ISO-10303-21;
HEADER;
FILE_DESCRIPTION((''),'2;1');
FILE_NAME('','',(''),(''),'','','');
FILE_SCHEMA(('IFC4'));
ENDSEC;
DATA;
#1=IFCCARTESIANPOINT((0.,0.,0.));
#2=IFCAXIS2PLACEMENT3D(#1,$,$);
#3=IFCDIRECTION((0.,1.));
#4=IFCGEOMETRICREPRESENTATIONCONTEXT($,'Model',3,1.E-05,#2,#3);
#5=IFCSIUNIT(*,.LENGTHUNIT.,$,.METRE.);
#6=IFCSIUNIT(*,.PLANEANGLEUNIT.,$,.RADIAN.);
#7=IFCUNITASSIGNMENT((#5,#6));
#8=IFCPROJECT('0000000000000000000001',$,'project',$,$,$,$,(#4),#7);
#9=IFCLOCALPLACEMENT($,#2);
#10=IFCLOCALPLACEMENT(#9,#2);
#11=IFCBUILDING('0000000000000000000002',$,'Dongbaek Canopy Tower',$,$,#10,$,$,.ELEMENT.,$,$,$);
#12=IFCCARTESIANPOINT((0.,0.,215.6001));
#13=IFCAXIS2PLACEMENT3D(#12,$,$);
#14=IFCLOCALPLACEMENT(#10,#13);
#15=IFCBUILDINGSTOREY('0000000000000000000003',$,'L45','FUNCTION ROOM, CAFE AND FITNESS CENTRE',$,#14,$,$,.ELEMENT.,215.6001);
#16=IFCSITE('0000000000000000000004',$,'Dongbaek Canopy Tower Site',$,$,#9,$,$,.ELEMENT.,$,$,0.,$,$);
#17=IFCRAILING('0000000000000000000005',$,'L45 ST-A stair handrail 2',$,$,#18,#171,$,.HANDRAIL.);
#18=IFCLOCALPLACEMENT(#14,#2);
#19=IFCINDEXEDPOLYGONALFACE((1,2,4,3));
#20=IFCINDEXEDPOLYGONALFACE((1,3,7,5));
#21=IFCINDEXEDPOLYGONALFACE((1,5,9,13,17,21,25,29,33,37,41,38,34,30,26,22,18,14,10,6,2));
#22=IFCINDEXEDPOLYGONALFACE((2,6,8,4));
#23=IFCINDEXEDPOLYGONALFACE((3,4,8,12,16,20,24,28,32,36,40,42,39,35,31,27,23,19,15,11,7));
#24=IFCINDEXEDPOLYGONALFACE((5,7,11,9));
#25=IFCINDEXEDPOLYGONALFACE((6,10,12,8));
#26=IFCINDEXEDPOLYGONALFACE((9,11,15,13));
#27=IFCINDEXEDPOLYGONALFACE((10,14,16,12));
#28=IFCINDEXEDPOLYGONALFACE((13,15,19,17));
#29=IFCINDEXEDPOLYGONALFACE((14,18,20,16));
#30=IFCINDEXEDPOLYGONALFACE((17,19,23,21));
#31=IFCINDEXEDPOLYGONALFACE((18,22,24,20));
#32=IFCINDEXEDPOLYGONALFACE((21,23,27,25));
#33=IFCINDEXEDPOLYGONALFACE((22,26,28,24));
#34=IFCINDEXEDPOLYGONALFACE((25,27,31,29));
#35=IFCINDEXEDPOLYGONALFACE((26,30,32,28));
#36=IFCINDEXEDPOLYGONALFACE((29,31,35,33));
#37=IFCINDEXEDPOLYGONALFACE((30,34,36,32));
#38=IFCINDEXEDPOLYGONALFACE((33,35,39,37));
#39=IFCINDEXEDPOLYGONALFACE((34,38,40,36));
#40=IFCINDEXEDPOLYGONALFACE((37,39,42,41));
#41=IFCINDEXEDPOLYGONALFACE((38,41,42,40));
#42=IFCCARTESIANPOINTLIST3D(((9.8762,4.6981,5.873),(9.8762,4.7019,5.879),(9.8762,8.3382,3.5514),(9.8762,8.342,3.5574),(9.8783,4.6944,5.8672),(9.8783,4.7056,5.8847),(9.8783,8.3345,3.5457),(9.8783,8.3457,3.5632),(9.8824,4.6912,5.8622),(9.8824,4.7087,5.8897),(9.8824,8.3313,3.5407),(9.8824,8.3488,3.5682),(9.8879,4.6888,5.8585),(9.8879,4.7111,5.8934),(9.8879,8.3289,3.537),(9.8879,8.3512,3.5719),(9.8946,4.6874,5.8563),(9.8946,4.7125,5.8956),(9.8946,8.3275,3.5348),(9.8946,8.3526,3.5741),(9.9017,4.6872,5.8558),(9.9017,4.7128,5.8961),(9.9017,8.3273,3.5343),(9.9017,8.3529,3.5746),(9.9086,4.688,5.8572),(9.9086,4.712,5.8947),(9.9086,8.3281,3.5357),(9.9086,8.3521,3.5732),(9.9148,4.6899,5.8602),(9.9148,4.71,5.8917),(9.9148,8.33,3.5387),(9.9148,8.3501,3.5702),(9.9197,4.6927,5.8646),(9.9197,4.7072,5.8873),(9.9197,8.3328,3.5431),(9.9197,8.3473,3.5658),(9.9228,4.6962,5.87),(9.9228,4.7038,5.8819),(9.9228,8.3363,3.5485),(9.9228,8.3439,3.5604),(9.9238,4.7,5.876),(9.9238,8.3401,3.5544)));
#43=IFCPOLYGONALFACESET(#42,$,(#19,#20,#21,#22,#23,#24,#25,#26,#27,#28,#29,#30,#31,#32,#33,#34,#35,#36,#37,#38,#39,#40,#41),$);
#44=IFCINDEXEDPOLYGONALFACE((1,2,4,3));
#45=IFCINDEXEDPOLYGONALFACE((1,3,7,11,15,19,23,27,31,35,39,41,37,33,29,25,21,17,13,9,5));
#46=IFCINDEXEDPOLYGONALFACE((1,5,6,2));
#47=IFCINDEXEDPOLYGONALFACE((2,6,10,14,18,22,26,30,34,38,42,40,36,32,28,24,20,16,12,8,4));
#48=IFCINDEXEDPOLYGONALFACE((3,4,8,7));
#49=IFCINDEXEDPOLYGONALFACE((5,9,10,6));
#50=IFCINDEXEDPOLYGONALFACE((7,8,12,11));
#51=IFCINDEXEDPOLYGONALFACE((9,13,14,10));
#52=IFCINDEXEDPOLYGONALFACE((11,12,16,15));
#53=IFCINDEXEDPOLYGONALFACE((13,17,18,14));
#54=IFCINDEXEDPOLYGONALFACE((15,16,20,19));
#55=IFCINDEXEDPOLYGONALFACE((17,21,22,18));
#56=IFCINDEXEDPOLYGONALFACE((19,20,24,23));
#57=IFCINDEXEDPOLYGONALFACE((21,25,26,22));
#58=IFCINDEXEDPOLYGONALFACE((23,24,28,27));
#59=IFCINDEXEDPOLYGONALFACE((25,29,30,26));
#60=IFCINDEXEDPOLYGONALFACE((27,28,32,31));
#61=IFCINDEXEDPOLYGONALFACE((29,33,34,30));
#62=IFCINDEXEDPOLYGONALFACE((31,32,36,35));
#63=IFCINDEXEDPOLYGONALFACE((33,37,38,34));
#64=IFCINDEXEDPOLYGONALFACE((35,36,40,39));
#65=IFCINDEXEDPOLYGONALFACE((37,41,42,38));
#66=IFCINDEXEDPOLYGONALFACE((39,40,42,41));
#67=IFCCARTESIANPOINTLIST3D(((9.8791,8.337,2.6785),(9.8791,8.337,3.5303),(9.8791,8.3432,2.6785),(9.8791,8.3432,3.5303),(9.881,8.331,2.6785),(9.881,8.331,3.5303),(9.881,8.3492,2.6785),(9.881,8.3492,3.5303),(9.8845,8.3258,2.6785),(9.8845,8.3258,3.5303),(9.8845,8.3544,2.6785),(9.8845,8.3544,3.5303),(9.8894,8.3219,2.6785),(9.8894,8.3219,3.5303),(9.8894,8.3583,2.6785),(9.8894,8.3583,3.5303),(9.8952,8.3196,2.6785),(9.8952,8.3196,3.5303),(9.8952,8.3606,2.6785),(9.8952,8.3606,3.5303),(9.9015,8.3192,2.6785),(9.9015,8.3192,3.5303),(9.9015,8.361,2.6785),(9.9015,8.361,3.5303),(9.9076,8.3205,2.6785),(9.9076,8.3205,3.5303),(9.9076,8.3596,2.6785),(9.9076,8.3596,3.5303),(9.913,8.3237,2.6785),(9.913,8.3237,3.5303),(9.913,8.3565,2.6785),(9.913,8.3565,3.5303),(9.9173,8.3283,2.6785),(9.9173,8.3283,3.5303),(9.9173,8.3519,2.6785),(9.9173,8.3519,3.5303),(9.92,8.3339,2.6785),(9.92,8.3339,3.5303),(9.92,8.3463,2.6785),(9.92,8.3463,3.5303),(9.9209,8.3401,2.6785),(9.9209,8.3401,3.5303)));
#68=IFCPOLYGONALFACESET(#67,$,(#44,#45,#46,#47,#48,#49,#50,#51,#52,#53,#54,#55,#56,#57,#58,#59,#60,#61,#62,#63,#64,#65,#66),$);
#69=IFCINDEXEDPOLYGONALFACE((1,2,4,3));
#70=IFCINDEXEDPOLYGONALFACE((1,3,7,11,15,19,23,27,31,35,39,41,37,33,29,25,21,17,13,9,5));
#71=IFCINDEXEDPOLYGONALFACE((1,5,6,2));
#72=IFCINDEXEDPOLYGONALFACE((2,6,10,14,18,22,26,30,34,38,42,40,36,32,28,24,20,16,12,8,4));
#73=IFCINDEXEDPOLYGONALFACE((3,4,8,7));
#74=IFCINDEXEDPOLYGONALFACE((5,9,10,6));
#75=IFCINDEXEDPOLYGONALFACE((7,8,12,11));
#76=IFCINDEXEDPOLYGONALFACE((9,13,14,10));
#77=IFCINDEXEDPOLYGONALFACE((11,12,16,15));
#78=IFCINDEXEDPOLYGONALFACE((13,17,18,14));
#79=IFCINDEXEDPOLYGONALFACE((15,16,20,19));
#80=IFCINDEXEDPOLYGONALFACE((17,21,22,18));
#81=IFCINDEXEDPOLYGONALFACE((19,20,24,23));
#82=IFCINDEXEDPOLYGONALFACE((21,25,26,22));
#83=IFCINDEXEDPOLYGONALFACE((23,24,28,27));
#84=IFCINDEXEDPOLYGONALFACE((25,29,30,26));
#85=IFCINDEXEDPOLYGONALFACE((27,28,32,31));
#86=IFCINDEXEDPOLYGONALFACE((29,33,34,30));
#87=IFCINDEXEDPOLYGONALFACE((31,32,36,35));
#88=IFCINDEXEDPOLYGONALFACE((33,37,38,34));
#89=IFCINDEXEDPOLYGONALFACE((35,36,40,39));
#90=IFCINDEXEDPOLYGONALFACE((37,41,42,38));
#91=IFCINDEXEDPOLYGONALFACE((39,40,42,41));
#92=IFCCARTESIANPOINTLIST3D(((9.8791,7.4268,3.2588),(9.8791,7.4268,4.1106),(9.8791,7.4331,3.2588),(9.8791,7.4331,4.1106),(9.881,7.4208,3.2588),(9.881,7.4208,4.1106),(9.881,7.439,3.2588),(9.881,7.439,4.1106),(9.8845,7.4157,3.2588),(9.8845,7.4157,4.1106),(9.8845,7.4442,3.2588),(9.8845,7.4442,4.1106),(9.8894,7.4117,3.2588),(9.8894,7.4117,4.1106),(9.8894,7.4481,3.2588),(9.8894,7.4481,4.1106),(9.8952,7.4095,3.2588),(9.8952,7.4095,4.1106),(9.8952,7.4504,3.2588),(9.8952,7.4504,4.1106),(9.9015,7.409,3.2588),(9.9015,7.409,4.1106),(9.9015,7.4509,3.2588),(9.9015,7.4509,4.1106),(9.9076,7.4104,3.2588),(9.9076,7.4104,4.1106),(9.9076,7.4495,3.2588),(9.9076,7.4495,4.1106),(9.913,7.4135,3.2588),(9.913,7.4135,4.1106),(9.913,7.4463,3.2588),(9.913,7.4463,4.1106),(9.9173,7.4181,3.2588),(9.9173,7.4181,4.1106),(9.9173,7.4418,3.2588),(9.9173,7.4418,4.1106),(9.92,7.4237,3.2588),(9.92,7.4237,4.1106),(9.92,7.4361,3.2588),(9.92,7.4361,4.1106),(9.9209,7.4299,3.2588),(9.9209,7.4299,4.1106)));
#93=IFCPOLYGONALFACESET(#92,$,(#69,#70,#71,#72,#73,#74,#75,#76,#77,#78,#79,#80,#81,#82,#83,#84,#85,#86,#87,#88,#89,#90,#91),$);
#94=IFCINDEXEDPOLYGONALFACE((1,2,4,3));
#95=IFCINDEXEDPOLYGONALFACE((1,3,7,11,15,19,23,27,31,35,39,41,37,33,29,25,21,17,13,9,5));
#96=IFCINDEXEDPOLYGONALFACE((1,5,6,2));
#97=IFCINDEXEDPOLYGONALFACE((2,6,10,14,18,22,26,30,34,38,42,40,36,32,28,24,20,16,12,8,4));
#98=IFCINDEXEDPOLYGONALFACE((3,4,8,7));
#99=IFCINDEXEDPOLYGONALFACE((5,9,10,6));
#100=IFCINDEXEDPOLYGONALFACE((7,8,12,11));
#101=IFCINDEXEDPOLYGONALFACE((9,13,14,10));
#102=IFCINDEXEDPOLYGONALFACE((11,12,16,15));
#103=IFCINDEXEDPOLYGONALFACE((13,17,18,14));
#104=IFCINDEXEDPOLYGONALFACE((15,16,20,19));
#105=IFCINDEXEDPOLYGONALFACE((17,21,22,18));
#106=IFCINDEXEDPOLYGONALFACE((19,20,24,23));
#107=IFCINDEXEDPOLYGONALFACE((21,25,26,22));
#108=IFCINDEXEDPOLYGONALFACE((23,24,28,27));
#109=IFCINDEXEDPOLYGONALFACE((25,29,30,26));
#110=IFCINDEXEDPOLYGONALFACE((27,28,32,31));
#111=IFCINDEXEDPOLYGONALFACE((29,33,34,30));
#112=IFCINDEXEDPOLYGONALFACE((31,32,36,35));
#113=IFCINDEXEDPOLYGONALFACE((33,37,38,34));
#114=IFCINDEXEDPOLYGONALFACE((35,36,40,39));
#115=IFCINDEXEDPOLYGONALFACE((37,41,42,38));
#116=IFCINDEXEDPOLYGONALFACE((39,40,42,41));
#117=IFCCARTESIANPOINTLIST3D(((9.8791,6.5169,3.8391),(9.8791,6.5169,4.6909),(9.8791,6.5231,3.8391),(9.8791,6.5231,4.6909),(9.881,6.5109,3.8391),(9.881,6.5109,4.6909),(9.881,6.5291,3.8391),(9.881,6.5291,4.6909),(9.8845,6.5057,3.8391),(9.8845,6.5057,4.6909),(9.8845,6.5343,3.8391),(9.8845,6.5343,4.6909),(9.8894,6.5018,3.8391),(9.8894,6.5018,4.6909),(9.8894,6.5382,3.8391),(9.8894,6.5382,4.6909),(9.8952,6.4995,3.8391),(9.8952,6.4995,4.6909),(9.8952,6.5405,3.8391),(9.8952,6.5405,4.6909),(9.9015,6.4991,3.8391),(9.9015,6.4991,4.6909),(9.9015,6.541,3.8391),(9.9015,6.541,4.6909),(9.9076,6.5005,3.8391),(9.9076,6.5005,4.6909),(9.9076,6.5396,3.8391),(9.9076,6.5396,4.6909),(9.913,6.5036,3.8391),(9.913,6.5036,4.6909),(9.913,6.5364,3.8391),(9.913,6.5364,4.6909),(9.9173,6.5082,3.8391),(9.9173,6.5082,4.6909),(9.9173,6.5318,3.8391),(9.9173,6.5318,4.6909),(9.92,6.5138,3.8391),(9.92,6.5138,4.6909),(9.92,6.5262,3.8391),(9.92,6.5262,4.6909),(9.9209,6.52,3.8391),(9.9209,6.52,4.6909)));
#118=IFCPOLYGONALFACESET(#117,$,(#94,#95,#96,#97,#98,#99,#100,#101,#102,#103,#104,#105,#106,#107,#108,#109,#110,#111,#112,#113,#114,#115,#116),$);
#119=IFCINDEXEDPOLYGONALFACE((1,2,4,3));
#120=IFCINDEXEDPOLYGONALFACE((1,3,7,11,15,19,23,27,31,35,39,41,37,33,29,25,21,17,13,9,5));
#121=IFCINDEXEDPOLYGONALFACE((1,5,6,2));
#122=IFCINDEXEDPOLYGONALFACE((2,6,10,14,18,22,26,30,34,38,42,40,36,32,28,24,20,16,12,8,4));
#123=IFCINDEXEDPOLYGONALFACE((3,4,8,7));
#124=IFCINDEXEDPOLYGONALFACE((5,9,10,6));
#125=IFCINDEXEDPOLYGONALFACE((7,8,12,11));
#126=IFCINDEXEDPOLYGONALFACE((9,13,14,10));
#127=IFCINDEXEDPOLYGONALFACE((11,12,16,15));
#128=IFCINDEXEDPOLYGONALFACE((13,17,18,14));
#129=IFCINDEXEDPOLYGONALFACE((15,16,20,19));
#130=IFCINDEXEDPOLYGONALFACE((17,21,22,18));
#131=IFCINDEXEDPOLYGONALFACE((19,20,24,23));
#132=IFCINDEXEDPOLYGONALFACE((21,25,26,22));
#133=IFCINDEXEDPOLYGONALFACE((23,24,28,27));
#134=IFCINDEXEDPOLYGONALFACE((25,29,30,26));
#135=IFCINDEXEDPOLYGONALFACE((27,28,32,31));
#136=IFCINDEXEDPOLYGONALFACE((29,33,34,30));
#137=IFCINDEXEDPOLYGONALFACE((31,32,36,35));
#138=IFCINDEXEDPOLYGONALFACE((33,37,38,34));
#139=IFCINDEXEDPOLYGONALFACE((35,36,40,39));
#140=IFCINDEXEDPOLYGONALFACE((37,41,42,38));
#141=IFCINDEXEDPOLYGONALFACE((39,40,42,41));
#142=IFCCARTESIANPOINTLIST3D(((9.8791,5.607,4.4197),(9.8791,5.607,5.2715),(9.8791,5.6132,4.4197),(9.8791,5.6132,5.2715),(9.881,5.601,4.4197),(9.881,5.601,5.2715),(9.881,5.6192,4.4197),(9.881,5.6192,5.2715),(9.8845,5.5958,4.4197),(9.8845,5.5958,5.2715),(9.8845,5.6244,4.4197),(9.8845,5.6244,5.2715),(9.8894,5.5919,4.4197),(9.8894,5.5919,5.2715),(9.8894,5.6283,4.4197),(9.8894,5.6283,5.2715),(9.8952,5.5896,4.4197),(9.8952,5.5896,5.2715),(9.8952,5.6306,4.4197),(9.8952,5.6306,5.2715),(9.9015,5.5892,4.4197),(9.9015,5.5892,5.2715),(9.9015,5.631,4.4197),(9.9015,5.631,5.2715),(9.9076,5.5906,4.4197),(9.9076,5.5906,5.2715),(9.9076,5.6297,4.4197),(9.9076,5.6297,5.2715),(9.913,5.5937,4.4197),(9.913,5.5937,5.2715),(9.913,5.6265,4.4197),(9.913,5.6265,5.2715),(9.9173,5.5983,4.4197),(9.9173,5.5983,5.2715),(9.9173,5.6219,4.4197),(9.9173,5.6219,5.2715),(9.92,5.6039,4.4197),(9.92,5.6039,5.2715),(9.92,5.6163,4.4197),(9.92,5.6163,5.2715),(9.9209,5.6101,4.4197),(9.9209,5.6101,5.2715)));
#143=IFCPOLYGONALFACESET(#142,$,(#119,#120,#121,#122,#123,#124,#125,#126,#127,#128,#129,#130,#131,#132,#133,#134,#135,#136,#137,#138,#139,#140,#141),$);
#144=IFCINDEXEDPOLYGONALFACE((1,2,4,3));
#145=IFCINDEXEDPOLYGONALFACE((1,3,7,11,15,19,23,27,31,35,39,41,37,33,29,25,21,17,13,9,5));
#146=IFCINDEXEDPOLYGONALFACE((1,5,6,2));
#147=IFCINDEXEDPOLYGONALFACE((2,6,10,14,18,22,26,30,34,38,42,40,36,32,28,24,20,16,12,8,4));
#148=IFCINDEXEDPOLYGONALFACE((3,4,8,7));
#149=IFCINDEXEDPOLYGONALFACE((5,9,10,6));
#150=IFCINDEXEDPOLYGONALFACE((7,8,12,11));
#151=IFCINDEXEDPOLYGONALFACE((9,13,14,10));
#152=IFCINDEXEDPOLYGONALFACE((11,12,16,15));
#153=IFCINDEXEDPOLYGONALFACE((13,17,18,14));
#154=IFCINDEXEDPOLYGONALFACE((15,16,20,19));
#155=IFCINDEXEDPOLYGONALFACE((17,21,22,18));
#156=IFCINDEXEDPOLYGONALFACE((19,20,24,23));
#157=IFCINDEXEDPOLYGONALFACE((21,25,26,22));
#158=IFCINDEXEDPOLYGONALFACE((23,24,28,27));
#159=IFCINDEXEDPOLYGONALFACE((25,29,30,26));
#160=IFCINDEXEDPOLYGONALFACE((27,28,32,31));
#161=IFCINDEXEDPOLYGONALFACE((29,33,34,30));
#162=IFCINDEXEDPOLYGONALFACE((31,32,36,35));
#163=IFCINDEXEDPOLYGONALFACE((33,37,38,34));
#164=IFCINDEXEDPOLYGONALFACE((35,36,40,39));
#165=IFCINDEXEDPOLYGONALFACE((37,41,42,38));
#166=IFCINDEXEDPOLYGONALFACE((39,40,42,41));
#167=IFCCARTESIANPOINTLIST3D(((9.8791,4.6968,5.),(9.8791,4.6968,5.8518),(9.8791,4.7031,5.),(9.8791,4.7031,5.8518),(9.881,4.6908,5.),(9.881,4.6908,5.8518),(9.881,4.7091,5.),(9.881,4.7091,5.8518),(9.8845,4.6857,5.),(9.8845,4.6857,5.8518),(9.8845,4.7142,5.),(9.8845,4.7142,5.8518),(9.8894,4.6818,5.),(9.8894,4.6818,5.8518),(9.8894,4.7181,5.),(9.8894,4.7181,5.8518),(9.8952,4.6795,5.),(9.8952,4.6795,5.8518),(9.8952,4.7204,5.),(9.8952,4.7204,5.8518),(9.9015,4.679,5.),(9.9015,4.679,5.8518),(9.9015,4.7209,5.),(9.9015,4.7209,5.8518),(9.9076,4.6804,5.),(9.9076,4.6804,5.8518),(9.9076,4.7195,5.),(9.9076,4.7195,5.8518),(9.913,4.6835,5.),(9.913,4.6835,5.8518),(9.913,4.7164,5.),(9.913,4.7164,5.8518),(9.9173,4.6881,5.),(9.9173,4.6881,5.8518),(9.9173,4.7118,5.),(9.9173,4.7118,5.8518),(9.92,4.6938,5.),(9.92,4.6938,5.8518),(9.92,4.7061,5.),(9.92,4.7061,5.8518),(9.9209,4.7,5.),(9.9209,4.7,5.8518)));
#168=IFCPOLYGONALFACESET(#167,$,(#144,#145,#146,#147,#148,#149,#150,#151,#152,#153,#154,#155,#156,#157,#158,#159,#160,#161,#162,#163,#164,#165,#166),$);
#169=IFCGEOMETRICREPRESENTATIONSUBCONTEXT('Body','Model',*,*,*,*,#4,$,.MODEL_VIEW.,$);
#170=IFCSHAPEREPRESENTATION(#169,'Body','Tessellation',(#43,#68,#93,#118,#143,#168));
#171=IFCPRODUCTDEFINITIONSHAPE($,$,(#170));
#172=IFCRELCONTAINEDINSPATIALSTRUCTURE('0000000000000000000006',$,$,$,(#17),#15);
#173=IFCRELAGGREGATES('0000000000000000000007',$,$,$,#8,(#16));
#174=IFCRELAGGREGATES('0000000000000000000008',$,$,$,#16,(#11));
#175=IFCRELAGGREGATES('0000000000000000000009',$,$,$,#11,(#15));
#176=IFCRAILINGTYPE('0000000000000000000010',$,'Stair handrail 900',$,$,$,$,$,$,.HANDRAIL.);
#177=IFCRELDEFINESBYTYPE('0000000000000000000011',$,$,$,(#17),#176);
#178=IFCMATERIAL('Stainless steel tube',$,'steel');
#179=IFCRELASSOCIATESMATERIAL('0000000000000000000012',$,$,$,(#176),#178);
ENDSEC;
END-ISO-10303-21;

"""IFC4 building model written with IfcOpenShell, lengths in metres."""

from ifc_helpers import new_model, si_unit, direction, frame, origin, origin_2d, place, context, subcontext, project, spatial, circle, extrude, material, type_object, element, save


model = new_model("IFC4")

# Units and contexts
model_context = context("Model", 3, precision=1e-05, world=origin(), true_north=direction((0.0, 1.0)))
body_context = subcontext(model_context, "Body", "Model", "MODEL_VIEW")
ifc_project = project(units=[si_unit("LENGTHUNIT", "METRE"), si_unit("PLANEANGLEUNIT", "RADIAN")], contexts=[model_context])

# Site, building, storey
site_placement = place(None, origin())
site = spatial("IfcSite", under=ifc_project, at=site_placement, Name="Dongbaek Canopy Tower Site", CompositionType="ELEMENT", RefElevation=0.0)
building_placement = place(site_placement, origin())
building = spatial("IfcBuilding", under=site, at=building_placement, Name="Dongbaek Canopy Tower", CompositionType="ELEMENT")
storey_placement = place(building_placement, frame((0.0, 0.0, 215.6001)))
storey = spatial("IfcBuildingStorey", under=building, at=storey_placement, Name="L45", Description="FUNCTION ROOM, CAFE AND FITNESS CENTRE", CompositionType="ELEMENT", Elevation=215.6001)

# Railing
ifc_material_1 = material(Name="Stainless steel tube", Category="steel")
railing_type_1 = type_object("IfcRailingType", Name="Stair handrail 900", PredefinedType="HANDRAIL", material=ifc_material_1)
railing_1_placement = place(storey_placement, frame((9.8999, 8.3401, 2.6785)))
element("IfcRailing", 1, at=railing_1_placement, inside=storey, type_object=railing_type_1, Name="L45 ST-A stair handrail 2", PredefinedType="HANDRAIL", context=body_context, shape_type="SweptSolid", body=[
    extrude(circle(Radius=0.0239, at=origin_2d()), frame((0.0, 0.0, 0.876), z_axis=(0.0, -0.843128, 0.537713), x_axis=(1.0, 0.0, 0.0)), (0.0, 0.0, 1.0), 4.3174),
    extrude(circle(Radius=0.021, at=origin_2d()), origin(), (0.0, 0.0, 1.0), 0.8518),
    extrude(circle(Radius=0.021, at=origin_2d()), frame((0.0, -0.9102, 0.5803)), (0.0, 0.0, 1.0), 0.8518),
    extrude(circle(Radius=0.021, at=origin_2d()), frame((0.0, -1.8201, 1.1606)), (0.0, 0.0, 1.0), 0.8518),
    extrude(circle(Radius=0.021, at=origin_2d()), frame((0.0, -2.73, 1.7412)), (0.0, 0.0, 1.0), 0.8518),
    extrude(circle(Radius=0.021, at=origin_2d()), frame((0.0, -3.6401, 2.3215)), (0.0, 0.0, 1.0), 0.8518),
])

save(model, "model.ifc")
